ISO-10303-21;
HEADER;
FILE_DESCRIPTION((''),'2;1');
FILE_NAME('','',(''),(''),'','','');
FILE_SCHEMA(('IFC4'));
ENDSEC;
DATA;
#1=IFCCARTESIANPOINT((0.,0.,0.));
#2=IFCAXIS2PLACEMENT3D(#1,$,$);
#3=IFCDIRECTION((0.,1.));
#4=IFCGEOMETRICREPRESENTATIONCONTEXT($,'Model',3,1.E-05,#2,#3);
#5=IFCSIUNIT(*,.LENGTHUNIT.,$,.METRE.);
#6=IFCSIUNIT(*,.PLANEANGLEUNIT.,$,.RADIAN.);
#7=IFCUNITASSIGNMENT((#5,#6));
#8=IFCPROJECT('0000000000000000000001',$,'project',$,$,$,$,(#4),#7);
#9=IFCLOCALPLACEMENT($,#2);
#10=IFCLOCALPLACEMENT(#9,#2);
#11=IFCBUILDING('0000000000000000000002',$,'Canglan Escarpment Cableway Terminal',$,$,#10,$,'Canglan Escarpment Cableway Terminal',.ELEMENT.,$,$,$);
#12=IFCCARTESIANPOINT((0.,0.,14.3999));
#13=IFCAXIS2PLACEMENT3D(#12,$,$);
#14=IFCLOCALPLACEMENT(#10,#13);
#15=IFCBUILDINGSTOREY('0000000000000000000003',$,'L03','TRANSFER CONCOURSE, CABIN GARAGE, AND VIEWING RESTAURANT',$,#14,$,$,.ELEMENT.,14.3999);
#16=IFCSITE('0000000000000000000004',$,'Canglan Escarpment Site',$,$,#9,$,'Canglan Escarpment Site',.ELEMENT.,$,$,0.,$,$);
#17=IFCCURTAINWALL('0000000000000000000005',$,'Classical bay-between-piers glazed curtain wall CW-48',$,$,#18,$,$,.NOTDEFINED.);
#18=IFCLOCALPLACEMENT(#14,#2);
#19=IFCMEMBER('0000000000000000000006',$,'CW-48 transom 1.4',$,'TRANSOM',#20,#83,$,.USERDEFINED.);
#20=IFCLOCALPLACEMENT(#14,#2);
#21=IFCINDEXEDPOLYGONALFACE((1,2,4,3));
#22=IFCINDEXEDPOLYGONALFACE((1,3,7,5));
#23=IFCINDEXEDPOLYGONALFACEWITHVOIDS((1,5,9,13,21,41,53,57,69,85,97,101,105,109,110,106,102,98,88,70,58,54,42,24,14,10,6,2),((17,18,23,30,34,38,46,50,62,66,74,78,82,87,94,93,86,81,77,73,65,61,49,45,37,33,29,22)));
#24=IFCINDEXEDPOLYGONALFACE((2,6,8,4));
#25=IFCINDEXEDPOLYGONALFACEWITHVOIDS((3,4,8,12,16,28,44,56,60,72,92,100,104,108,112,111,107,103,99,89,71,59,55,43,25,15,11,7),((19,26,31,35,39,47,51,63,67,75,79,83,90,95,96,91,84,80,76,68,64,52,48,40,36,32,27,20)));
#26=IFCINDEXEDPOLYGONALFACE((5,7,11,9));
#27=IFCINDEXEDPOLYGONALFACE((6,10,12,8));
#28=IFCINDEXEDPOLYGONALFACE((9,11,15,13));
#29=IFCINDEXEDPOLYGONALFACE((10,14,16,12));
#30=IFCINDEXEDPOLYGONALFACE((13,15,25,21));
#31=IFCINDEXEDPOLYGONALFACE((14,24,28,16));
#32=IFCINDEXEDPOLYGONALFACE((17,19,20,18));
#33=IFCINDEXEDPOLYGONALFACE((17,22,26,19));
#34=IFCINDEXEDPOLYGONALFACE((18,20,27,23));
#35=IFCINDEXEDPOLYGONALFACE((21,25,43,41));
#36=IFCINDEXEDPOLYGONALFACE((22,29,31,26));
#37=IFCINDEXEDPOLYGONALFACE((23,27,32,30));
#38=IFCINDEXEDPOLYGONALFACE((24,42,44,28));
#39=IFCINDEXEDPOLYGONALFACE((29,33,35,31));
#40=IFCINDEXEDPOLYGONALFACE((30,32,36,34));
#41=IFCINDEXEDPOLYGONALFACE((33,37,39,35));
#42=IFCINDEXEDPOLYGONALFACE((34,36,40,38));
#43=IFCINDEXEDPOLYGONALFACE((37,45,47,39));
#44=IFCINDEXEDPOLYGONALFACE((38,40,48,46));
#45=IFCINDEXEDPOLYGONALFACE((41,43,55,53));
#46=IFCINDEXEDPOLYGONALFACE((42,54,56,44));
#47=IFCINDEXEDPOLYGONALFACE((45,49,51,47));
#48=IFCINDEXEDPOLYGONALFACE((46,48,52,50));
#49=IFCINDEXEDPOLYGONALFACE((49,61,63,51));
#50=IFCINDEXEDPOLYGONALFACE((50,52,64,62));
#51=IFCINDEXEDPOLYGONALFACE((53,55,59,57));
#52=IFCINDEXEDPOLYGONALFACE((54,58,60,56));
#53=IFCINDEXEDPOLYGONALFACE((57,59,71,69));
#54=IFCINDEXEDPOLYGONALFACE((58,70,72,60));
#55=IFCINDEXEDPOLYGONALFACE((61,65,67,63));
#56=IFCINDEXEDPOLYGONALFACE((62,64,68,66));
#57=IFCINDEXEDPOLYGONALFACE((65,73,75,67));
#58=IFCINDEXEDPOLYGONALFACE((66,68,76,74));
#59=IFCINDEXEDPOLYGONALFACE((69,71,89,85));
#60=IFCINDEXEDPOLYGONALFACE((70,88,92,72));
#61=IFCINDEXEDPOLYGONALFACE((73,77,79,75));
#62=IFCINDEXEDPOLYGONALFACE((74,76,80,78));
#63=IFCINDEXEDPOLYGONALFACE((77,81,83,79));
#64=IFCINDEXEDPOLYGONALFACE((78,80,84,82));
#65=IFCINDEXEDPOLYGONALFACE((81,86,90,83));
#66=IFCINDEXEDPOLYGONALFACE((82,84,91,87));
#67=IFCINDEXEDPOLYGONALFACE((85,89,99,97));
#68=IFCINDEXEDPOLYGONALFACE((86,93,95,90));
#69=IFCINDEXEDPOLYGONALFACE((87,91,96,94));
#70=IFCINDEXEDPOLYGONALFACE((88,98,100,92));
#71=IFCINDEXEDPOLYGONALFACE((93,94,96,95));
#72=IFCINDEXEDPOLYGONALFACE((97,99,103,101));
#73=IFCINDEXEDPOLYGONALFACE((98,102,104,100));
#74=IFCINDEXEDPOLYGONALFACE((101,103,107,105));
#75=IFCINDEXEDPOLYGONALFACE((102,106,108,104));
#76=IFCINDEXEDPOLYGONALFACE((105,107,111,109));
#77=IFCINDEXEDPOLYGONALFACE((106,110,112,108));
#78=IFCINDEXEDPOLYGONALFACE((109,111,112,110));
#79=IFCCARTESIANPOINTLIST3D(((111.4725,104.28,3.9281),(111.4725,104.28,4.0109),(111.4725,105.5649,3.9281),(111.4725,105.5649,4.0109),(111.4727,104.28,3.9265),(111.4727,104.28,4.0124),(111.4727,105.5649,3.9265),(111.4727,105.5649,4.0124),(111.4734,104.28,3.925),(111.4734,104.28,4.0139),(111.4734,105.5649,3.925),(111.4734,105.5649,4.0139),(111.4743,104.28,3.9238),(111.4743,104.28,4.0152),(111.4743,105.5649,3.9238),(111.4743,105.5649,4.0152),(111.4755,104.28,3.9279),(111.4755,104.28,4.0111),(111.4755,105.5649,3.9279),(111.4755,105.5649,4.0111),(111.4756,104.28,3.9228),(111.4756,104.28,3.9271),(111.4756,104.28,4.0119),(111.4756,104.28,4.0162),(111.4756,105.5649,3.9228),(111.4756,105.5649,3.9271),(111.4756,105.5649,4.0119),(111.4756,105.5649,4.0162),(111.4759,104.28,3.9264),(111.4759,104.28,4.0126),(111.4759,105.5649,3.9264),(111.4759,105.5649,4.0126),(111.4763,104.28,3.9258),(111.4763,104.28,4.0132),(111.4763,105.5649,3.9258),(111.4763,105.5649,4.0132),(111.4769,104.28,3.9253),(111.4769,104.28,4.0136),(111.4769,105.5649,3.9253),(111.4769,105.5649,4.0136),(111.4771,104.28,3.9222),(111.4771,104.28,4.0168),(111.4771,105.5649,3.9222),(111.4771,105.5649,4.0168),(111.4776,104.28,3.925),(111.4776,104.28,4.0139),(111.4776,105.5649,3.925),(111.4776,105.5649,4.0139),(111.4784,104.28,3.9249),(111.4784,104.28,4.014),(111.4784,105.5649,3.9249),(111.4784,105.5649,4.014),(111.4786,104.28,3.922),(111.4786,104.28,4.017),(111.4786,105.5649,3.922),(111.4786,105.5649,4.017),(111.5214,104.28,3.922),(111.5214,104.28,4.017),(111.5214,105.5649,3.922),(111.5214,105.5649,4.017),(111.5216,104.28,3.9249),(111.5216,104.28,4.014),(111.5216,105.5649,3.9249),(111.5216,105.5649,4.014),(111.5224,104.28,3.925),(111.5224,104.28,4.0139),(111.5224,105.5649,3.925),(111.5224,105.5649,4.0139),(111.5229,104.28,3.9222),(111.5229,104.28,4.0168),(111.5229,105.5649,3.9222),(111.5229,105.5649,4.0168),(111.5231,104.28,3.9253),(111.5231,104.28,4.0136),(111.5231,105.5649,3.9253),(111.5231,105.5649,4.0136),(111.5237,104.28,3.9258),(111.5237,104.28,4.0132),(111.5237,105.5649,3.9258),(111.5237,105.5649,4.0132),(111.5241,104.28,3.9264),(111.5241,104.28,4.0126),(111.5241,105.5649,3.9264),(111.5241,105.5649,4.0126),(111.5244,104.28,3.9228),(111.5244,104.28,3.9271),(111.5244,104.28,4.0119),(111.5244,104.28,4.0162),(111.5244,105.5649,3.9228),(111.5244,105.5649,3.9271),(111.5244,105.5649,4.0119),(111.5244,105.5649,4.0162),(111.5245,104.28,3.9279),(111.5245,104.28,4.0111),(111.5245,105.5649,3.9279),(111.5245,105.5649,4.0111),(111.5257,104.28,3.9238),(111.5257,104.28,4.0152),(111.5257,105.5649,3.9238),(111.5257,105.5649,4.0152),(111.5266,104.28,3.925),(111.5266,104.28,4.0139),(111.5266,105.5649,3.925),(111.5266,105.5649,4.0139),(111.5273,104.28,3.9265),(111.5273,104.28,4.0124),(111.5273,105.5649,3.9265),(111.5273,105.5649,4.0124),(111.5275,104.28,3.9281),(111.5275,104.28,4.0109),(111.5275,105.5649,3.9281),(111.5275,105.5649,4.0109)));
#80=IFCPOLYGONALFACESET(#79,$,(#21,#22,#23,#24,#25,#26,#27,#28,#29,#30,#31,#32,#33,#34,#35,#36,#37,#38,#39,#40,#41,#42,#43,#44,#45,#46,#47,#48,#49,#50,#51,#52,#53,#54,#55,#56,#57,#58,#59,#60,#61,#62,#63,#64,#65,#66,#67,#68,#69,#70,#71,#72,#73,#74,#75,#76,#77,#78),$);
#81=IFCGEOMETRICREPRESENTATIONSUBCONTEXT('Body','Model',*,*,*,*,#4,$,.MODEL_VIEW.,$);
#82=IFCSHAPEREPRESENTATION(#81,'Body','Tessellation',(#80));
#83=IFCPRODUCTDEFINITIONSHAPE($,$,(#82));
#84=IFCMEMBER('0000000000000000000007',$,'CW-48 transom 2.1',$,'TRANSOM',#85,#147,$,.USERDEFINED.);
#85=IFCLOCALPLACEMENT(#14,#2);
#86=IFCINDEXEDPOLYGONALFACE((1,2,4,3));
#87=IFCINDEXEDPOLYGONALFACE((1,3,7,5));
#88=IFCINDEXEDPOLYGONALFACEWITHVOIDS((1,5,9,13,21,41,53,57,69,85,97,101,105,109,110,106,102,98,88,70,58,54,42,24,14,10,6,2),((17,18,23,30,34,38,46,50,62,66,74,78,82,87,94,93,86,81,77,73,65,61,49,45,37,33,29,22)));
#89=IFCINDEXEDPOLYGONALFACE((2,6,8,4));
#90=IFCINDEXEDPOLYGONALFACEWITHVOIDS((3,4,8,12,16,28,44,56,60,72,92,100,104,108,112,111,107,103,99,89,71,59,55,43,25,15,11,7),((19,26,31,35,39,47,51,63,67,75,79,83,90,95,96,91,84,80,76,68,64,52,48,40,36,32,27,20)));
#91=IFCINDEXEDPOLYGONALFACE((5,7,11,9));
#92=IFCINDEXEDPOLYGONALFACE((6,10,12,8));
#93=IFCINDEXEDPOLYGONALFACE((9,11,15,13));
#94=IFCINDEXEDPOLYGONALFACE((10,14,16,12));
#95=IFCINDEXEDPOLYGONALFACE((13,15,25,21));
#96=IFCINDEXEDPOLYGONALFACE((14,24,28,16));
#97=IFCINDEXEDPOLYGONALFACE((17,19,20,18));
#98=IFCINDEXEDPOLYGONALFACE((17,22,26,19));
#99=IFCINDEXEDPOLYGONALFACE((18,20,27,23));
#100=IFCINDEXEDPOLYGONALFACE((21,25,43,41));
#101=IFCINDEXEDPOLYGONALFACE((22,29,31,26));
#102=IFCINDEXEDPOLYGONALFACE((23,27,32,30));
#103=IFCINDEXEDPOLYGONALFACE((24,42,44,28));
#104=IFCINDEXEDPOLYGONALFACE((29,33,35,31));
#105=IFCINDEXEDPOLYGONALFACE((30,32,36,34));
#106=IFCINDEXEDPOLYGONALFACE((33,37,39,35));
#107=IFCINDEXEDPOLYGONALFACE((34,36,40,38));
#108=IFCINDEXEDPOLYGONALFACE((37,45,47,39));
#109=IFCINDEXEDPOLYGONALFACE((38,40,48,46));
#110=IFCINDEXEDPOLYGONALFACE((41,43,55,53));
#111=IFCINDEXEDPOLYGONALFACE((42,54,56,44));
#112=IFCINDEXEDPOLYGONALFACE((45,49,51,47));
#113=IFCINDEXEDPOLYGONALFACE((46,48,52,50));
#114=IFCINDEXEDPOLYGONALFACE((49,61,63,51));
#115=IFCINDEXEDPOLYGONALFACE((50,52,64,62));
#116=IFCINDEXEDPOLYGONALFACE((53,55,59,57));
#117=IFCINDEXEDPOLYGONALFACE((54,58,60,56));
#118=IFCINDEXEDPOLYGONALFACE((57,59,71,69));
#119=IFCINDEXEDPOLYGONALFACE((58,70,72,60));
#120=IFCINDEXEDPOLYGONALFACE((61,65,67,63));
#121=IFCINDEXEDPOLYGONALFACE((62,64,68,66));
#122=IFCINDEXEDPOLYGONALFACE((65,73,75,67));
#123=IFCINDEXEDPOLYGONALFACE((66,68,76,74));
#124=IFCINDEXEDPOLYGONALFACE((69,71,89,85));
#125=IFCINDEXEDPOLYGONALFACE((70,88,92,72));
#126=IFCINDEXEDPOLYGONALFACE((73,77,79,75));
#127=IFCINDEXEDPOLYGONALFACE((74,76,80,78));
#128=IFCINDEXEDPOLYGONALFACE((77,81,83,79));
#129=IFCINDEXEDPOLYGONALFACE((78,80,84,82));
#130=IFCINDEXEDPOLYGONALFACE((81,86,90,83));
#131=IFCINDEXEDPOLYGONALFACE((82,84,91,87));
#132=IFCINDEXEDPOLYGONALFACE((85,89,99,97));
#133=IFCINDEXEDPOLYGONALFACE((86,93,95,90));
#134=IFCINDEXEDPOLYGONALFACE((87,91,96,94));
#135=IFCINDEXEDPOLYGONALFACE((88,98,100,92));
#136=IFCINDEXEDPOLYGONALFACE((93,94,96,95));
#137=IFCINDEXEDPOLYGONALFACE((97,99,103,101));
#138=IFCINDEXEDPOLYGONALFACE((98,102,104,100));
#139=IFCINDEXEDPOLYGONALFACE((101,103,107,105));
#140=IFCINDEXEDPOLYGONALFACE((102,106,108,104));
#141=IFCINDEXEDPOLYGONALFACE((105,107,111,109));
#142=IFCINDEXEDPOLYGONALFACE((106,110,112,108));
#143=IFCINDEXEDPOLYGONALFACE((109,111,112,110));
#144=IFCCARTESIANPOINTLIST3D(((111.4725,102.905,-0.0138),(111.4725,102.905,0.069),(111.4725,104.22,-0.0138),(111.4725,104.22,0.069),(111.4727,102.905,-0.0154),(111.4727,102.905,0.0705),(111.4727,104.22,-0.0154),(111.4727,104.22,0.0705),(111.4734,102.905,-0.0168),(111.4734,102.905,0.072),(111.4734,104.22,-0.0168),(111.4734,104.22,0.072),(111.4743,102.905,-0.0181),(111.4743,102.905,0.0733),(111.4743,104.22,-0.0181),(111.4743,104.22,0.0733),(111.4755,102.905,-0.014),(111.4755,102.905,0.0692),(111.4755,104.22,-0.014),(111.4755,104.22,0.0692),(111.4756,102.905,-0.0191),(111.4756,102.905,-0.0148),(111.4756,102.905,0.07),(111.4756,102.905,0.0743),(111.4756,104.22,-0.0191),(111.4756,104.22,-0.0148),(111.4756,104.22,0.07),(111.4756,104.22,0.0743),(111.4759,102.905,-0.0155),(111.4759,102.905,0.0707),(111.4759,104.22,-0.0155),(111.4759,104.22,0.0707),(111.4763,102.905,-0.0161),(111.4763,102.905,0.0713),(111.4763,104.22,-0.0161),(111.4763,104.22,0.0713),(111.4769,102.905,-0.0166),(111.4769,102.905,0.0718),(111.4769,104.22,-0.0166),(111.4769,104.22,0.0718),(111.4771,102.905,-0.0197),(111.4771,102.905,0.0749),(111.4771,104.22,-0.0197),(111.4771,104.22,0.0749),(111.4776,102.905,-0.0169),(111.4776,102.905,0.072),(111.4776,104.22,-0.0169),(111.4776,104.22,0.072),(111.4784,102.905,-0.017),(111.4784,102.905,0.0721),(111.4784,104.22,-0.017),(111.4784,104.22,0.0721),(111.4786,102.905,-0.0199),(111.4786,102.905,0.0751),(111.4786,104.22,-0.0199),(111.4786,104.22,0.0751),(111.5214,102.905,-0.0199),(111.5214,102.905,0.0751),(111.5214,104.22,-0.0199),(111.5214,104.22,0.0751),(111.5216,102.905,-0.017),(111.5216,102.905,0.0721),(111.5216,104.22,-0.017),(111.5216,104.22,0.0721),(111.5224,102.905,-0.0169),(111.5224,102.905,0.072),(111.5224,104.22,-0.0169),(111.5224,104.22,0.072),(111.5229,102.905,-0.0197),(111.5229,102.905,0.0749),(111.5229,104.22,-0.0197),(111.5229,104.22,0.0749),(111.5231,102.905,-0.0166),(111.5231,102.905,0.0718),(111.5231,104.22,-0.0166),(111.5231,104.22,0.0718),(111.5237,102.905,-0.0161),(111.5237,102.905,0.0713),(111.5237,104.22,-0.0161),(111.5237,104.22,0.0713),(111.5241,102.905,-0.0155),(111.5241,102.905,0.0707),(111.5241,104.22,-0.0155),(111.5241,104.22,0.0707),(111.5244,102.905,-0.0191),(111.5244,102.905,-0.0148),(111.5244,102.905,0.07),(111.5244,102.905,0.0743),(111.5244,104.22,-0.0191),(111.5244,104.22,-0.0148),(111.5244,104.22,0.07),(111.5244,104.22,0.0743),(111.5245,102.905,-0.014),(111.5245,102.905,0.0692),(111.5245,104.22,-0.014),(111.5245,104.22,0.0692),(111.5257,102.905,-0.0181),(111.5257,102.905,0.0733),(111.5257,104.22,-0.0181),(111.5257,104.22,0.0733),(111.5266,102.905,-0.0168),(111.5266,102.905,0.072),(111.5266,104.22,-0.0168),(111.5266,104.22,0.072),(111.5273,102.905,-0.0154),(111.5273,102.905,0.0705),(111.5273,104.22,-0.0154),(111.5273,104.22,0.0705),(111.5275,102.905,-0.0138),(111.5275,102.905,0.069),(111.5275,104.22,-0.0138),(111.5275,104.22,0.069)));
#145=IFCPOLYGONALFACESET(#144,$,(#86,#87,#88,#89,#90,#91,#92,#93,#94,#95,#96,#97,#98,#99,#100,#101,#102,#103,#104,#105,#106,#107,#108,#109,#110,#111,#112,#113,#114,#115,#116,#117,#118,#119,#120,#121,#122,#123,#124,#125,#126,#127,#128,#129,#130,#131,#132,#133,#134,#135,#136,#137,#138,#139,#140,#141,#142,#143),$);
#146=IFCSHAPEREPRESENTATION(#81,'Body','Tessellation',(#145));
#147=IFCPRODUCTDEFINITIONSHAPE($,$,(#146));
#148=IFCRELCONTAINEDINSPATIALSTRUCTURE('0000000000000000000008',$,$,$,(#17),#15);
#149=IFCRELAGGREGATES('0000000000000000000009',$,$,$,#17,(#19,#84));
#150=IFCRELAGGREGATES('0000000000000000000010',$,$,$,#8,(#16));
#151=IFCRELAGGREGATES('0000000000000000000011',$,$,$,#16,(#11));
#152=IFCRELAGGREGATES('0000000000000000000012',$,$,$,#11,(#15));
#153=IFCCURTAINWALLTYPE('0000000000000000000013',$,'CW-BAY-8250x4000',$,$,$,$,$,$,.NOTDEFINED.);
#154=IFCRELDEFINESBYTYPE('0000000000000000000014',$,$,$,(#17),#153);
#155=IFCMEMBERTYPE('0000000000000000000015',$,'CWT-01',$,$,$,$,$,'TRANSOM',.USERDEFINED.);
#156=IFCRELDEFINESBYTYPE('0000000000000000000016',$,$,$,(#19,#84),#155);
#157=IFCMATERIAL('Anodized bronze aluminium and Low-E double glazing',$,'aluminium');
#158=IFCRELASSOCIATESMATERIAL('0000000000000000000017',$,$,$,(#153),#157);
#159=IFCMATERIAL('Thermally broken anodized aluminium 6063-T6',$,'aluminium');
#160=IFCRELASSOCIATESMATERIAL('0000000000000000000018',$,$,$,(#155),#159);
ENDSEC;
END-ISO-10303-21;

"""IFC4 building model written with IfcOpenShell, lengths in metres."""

from ifc_helpers import new_model, si_unit, direction, frame, origin, origin_2d, place, context, subcontext, project, spatial, hollow_rectangle, extrude, material, material_profile, profile_set, type_object, element, aggregate, save


model = new_model("IFC4")

# Units and contexts
model_context = context("Model", 3, precision=1e-05, world=origin(), true_north=direction((0.0, 1.0)))
body_context = subcontext(model_context, "Body", "Model", "MODEL_VIEW")
ifc_project = project(units=[si_unit("LENGTHUNIT", "METRE"), si_unit("PLANEANGLEUNIT", "RADIAN")], contexts=[model_context])

# Site, building, storey
site_placement = place(None, origin())
site = spatial("IfcSite", under=ifc_project, at=site_placement, Name="Canglan Escarpment Site", LongName="Canglan Escarpment Site", CompositionType="ELEMENT", RefElevation=0.0)
building_placement = place(site_placement, origin())
building = spatial("IfcBuilding", under=site, at=building_placement, Name="Canglan Escarpment Cableway Terminal", LongName="Canglan Escarpment Cableway Terminal", CompositionType="ELEMENT")
storey_placement = place(building_placement, frame((0.0, 0.0, 14.3999)))
storey = spatial("IfcBuildingStorey", under=building, at=storey_placement, Name="L03", Description="TRANSFER CONCOURSE, CABIN GARAGE, AND VIEWING RESTAURANT", CompositionType="ELEMENT", Elevation=14.3999)

# Curtain wall
ifc_material_1 = material(Name="Anodized bronze aluminium and Low-E double glazing", Category="aluminium")
curtain_wall_type = type_object("IfcCurtainWallType", Name="CW-BAY-8250x4000", PredefinedType="NOTDEFINED", material=ifc_material_1)
curtain_wall_1_placement = place(storey_placement, origin())
curtain_wall_1 = element("IfcCurtainWall", 1, at=curtain_wall_1_placement, inside=storey, type_object=curtain_wall_type, Name="Classical bay-between-piers glazed curtain wall CW-48", PredefinedType="NOTDEFINED")
ifc_material_2 = material(Name="Thermally broken anodized aluminium 6063-T6", Category="aluminium")

# Members
ifc_material_profile_1 = material_profile(ifc_material_2, hollow_rectangle(XDim=0.0549, YDim=0.095, WallThickness=0.0029, InnerFilletRadius=0.0029, OuterFilletRadius=0.0061, at=origin_2d()), Name="ALU-TRAN 55x95x3")
ifc_profile_set_1 = profile_set([ifc_material_profile_1], Name="Thermally broken anodized aluminium 6063-T6")
member_type_1 = type_object("IfcMemberType", Name="CWT-01", ElementType="TRANSOM", PredefinedType="USERDEFINED", material=ifc_profile_set_1)
member_1_placement = place(storey_placement, frame((111.5, 105.5649, 3.9695), z_axis=(0.0, -1.0, 0.0), x_axis=(1.0, 0.0, 0.0)))
member_1 = element("IfcMember", 2, at=member_1_placement, type_object=member_type_1, Name="CW-48 transom 1.4", ObjectType="TRANSOM", PredefinedType="USERDEFINED", context=body_context, shape_type="SweptSolid", body=[
    extrude(hollow_rectangle(XDim=0.0549, YDim=0.095, WallThickness=0.0029, InnerFilletRadius=0.0029, OuterFilletRadius=0.0061, at=origin_2d()), origin(), (0.0, 0.0, 1.0), 1.2849),
])
member_2_placement = place(storey_placement, frame((111.5, 104.22, 0.0276), z_axis=(0.0, -1.0, 0.0), x_axis=(1.0, 0.0, 0.0)))
member_2 = element("IfcMember", 3, at=member_2_placement, type_object=member_type_1, Name="CW-48 transom 2.1", ObjectType="TRANSOM", PredefinedType="USERDEFINED", context=body_context, shape_type="SweptSolid", body=[
    extrude(hollow_rectangle(XDim=0.0549, YDim=0.095, WallThickness=0.0029, InnerFilletRadius=0.0029, OuterFilletRadius=0.0061, at=origin_2d()), origin(), (0.0, 0.0, 1.0), 1.3149),
])

aggregate(curtain_wall_1, [member_1, member_2])

save(model, "model.ifc")
